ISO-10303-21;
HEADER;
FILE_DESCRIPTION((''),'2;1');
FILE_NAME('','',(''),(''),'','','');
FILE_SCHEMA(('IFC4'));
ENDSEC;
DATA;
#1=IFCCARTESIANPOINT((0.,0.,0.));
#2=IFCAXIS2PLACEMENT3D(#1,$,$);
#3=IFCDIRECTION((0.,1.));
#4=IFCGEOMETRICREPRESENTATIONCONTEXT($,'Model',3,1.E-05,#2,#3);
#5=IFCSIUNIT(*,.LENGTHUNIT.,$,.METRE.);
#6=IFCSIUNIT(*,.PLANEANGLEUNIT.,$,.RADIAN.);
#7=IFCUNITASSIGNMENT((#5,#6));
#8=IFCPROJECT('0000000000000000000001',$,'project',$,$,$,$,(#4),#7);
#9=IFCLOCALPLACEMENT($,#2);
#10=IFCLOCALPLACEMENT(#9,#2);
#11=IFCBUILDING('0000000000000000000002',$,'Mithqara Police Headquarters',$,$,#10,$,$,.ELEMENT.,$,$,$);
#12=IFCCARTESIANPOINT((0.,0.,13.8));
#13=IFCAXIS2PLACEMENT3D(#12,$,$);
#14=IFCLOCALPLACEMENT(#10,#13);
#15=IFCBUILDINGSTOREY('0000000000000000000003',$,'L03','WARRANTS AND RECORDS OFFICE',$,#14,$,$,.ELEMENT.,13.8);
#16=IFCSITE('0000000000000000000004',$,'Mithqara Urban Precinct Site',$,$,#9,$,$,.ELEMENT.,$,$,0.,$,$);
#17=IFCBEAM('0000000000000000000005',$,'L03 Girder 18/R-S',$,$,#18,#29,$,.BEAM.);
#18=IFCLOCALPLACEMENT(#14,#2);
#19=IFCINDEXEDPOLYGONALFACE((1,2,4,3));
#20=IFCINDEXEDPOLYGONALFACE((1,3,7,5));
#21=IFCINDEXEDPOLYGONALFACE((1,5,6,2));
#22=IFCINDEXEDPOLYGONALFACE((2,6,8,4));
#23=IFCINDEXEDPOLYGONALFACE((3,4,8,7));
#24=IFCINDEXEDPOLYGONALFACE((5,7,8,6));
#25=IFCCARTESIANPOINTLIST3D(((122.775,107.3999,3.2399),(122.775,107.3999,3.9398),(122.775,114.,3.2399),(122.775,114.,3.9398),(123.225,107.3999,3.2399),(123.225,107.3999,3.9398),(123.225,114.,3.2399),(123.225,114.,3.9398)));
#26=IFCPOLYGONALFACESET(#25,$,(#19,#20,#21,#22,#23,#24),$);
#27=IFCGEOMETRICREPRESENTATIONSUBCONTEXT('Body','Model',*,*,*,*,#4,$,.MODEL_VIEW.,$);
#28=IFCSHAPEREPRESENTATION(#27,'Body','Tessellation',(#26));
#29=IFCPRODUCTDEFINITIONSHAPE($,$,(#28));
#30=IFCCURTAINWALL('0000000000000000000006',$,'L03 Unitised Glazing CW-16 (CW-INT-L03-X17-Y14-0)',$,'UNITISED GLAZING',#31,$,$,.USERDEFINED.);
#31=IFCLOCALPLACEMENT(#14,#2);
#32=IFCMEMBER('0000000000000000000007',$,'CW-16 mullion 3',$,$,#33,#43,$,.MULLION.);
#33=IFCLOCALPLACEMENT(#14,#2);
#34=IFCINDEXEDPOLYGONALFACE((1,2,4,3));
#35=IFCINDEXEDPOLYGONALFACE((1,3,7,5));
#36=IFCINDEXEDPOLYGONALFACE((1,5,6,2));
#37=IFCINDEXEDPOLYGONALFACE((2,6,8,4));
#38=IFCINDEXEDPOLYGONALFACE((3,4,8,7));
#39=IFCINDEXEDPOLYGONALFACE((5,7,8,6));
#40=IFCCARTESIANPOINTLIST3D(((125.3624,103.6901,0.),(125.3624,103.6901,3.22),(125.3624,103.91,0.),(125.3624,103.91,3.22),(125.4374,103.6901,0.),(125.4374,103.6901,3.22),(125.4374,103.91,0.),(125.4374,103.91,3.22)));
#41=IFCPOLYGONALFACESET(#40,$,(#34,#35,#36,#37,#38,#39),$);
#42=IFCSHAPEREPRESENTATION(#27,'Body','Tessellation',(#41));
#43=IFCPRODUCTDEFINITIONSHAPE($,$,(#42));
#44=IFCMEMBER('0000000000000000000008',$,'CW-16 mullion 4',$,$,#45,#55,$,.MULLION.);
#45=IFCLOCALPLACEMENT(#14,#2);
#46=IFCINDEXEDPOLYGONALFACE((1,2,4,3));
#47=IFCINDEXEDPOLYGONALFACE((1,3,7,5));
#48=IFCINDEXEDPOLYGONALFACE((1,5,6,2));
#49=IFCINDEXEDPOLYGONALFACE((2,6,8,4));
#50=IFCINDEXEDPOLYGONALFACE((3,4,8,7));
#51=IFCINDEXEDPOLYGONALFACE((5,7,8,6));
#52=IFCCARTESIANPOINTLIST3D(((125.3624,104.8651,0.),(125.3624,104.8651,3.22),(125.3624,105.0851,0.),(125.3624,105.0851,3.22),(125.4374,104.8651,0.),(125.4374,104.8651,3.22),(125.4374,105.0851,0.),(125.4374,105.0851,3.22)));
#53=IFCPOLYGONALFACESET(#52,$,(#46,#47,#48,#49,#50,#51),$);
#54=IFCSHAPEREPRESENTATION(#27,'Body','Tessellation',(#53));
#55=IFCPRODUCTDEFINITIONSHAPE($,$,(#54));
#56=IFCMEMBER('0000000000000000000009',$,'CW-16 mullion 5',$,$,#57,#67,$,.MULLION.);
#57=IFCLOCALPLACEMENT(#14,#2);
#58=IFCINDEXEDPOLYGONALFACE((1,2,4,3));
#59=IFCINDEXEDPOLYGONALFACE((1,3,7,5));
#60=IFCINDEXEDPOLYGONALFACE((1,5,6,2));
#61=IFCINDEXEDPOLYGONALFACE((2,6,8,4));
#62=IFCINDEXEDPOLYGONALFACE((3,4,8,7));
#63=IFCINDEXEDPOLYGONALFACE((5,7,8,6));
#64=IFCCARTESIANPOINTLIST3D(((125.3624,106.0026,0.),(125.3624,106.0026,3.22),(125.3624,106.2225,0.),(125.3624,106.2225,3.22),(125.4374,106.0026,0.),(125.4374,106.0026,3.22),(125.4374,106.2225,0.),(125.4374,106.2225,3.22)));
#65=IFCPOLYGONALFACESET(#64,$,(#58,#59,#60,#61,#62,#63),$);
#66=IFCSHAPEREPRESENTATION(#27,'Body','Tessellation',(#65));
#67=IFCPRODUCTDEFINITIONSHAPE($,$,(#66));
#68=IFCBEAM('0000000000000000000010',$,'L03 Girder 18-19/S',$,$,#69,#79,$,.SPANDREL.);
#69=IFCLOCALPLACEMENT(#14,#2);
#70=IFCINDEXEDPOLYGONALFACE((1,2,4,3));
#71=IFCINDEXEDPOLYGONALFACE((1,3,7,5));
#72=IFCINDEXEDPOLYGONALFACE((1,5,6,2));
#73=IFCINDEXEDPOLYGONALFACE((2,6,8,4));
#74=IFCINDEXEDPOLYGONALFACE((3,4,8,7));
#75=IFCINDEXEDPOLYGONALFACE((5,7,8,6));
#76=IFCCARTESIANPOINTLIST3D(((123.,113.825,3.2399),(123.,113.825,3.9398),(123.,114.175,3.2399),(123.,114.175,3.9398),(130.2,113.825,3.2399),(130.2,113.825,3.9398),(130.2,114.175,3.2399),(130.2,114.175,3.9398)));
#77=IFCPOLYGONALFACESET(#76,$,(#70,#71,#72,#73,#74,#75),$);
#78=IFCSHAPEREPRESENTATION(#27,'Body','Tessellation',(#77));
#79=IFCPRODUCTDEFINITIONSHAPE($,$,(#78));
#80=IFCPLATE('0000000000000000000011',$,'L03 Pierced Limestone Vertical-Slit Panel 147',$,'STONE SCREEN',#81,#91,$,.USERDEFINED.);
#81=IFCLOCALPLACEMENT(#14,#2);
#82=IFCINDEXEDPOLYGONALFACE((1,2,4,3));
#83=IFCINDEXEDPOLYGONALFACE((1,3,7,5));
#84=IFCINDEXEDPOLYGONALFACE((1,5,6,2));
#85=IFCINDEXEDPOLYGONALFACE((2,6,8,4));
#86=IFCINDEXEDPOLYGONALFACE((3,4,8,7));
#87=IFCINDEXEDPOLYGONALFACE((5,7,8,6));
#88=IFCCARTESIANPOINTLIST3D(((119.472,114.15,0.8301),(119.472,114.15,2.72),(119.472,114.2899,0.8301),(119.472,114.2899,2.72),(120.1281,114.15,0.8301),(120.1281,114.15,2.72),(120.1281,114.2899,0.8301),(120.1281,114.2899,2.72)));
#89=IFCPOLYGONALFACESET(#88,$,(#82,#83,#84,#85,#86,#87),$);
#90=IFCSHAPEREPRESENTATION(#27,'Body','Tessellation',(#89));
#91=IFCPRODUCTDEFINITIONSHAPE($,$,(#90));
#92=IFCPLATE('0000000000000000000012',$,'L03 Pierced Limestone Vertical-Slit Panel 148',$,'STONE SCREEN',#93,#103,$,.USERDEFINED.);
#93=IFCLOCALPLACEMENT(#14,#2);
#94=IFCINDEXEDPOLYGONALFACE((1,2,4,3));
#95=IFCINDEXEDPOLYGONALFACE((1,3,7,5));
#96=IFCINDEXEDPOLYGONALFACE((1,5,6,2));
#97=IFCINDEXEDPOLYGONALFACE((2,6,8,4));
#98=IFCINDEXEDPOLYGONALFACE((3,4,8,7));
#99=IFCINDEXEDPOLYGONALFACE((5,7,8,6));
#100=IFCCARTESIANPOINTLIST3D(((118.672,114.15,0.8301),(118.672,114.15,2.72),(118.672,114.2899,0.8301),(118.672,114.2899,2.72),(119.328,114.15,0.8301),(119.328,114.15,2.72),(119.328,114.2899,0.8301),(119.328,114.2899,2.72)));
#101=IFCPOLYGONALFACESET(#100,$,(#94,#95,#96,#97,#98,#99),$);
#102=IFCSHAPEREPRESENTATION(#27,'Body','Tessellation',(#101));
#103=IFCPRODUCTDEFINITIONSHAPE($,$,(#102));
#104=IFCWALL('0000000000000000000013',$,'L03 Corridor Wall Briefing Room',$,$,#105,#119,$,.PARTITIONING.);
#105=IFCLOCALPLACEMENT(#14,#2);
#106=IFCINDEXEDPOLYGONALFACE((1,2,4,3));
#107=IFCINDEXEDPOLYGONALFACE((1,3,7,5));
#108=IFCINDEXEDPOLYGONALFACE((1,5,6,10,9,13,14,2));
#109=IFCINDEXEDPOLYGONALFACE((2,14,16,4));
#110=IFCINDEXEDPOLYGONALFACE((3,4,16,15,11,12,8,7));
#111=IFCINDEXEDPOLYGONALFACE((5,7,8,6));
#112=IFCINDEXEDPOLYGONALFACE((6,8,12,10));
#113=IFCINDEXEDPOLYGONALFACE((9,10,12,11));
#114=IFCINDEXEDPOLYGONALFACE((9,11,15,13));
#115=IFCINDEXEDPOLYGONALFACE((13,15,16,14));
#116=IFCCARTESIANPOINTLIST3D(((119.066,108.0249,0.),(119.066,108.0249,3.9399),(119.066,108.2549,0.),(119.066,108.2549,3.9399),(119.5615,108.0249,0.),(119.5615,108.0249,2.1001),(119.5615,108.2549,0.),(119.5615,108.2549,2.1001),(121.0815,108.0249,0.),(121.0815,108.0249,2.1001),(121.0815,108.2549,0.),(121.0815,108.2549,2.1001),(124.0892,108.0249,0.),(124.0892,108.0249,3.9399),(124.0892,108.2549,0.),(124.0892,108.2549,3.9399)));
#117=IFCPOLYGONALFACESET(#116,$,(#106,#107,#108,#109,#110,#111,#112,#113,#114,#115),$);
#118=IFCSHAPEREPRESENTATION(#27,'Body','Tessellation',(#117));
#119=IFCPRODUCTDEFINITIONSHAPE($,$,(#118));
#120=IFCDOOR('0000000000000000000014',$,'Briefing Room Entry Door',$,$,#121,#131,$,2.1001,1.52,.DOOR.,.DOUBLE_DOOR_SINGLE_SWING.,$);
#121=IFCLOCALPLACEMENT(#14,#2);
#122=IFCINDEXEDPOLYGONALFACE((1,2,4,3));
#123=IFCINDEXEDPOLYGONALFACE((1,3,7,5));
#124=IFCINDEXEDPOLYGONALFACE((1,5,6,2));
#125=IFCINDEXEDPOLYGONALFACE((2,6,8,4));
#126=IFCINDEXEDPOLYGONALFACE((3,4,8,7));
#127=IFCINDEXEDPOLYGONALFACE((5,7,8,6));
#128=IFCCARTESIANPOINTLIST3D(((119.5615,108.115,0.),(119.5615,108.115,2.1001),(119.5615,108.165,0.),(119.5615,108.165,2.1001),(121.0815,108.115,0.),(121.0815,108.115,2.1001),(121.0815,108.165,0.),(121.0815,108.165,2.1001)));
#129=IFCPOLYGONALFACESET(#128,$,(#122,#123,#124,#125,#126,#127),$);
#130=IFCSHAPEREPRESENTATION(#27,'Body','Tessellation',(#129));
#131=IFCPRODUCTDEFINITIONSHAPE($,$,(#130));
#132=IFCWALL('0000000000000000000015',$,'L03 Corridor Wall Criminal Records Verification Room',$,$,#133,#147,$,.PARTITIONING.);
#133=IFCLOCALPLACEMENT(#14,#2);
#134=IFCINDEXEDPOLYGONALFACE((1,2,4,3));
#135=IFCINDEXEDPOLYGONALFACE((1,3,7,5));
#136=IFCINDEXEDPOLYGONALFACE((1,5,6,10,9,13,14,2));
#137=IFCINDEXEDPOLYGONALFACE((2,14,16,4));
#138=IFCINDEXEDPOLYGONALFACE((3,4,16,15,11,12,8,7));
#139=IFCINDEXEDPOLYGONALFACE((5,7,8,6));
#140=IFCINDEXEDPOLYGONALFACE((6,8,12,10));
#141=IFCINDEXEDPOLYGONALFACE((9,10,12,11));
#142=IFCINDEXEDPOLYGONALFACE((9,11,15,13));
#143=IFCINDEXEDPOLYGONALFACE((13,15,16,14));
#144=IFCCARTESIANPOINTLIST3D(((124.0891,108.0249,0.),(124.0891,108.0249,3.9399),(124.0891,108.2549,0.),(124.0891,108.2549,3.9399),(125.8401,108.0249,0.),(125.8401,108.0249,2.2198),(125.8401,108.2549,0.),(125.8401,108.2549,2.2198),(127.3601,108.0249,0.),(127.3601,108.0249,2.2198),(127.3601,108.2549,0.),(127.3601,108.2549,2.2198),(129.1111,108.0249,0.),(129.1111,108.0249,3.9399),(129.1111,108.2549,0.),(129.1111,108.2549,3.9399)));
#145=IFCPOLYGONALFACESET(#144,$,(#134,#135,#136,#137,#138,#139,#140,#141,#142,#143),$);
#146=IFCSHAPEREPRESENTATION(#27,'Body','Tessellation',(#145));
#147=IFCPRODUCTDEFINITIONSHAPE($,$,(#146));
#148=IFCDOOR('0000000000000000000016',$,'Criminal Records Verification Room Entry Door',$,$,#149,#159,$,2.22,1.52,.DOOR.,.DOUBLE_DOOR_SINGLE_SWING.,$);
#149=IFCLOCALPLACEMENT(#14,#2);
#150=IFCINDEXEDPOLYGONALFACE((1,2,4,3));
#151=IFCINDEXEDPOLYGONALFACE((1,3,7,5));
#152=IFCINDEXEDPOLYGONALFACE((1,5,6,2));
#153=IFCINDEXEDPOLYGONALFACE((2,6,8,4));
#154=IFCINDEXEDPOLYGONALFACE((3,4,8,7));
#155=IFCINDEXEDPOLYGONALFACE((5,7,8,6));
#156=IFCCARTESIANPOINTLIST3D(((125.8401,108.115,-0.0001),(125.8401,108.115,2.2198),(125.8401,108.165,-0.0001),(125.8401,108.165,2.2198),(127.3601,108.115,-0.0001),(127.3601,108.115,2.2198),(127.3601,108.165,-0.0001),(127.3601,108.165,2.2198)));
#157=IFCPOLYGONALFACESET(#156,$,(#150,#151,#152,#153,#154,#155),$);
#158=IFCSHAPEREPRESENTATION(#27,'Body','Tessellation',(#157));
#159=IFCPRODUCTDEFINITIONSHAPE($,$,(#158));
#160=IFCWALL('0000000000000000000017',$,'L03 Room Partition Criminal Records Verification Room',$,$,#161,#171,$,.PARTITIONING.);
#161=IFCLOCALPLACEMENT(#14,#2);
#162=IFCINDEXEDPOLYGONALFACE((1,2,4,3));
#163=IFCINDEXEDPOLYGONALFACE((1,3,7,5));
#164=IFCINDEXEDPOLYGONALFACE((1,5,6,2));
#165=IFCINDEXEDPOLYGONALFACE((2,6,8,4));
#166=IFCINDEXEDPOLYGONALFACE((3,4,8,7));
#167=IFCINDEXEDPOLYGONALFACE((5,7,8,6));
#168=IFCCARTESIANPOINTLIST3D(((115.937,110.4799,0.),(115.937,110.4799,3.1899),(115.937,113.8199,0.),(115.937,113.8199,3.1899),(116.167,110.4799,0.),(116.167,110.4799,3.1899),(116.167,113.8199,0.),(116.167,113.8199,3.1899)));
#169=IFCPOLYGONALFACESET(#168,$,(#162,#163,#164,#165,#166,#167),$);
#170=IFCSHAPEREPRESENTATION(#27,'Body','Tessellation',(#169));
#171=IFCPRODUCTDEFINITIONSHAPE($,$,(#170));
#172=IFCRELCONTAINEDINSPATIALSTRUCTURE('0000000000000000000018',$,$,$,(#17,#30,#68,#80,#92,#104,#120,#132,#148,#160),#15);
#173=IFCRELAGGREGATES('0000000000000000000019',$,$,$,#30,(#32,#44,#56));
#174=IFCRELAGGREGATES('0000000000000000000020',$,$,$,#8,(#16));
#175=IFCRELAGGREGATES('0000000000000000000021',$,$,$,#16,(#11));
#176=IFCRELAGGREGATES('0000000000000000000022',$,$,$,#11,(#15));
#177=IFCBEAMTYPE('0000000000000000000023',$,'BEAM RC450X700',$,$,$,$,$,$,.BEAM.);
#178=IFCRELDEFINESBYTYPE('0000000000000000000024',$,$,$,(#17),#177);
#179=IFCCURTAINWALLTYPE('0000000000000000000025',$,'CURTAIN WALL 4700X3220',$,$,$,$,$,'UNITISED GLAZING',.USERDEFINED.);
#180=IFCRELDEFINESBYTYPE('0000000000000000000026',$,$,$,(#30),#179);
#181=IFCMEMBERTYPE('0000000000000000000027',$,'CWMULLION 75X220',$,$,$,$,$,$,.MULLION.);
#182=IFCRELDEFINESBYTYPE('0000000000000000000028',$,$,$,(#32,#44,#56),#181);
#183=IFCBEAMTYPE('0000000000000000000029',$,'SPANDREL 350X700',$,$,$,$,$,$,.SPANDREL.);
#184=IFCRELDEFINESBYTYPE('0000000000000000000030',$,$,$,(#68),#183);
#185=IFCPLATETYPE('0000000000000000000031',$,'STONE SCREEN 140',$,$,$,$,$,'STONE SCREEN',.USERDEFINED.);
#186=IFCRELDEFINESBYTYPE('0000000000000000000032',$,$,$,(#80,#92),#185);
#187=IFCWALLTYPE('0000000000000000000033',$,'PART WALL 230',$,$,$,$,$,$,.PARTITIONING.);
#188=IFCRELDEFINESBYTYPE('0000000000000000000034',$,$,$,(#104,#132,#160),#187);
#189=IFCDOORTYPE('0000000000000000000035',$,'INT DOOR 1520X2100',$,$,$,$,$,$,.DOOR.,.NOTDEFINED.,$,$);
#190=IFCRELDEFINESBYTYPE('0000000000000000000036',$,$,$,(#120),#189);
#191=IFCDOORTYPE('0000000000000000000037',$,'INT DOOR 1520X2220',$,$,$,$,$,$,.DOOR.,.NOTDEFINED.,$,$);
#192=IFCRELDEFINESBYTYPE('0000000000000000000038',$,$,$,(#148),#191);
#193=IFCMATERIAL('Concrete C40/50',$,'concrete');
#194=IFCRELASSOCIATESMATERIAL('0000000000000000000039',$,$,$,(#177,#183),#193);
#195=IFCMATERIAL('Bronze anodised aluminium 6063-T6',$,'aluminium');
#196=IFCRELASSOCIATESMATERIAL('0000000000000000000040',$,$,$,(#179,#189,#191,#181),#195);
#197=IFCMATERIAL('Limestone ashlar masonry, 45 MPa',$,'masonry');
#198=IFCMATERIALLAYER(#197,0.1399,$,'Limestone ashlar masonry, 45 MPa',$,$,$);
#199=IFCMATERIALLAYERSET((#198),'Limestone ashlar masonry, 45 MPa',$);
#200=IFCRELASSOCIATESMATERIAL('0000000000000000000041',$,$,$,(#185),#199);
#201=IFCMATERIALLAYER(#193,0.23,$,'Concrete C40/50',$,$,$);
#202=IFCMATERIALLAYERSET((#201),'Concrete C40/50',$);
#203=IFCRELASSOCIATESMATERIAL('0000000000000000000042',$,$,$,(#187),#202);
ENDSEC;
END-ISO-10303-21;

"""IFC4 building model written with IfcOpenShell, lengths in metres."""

from ifc_helpers import new_model, si_unit, direction, frame, frame_2d, origin, origin_2d, place, context, subcontext, project, spatial, rectangle, extrude, material, layer, layer_set, material_profile, profile_set, type_object, element, fill, aggregate, save


model = new_model("IFC4")

# Units and contexts
model_context = context("Model", 3, precision=1e-05, world=origin(), true_north=direction((0.0, 1.0)))
body_context = subcontext(model_context, "Body", "Model", "MODEL_VIEW")
ifc_project = project(units=[si_unit("LENGTHUNIT", "METRE"), si_unit("PLANEANGLEUNIT", "RADIAN")], contexts=[model_context])

# Site, building, storey
site_placement = place(None, origin())
site = spatial("IfcSite", under=ifc_project, at=site_placement, Name="Mithqara Urban Precinct Site", CompositionType="ELEMENT", RefElevation=0.0)
building_placement = place(site_placement, origin())
building = spatial("IfcBuilding", under=site, at=building_placement, Name="Mithqara Police Headquarters", CompositionType="ELEMENT")
storey_placement = place(building_placement, frame((0.0, 0.0, 13.8)))
storey = spatial("IfcBuildingStorey", under=building, at=storey_placement, Name="L03", Description="WARRANTS AND RECORDS OFFICE", CompositionType="ELEMENT", Elevation=13.8)

# Beam
ifc_material_1 = material(Name="Concrete C40/50", Category="concrete")
ifc_material_profile_1 = material_profile(ifc_material_1, rectangle(XDim=0.45, YDim=0.7, at=origin_2d()), Name="RC 450x700")
ifc_profile_set_1 = profile_set([ifc_material_profile_1], Name="Concrete C40/50")
beam_type_1 = type_object("IfcBeamType", Name="BEAM RC450X700", PredefinedType="BEAM", material=ifc_profile_set_1)
beam_1_placement = place(storey_placement, frame((123.0, 107.3999, 3.5898), z_axis=(0.0, 1.0, 0.0), x_axis=(-1.0, 0.0, 0.0)))
element("IfcBeam", 1, at=beam_1_placement, inside=storey, type_object=beam_type_1, Name="L03 Girder 18/R-S", PredefinedType="BEAM", context=body_context, shape_type="SweptSolid", body=[
    extrude(rectangle(XDim=0.45, YDim=0.7, at=origin_2d()), origin(), (0.0, 0.0, 1.0), 6.6001),
])

# Curtain wall, members
ifc_material_2 = material(Name="Bronze anodised aluminium 6063-T6", Category="aluminium")
curtain_wall_type = type_object("IfcCurtainWallType", Name="CURTAIN WALL 4700X3220", ElementType="UNITISED GLAZING", PredefinedType="USERDEFINED", material=ifc_material_2)
curtain_wall_placement = place(storey_placement, origin())
curtain_wall = element("IfcCurtainWall", 2, at=curtain_wall_placement, inside=storey, type_object=curtain_wall_type, Name="L03 Unitised Glazing CW-16 (CW-INT-L03-X17-Y14-0)", ObjectType="UNITISED GLAZING", PredefinedType="USERDEFINED")
ifc_material_profile_2 = material_profile(ifc_material_2, rectangle(XDim=0.075, YDim=0.22, at=origin_2d()), Name="CWM 75x220")
ifc_profile_set_2 = profile_set([ifc_material_profile_2], Name="Bronze anodised aluminium 6063-T6")
member_type = type_object("IfcMemberType", Name="CWMULLION 75X220", PredefinedType="MULLION", material=ifc_profile_set_2)
member_1_placement = place(storey_placement, frame((125.3999, 103.8, 0.0), z_axis=(0.0, 0.0, 1.0), x_axis=(-1.0, 0.0, 0.0)))
member_1 = element("IfcMember", 3, at=member_1_placement, type_object=member_type, Name="CW-16 mullion 3", PredefinedType="MULLION", context=body_context, shape_type="SweptSolid", body=[
    extrude(rectangle(XDim=0.075, YDim=0.22, at=origin_2d()), origin(), (0.0, 0.0, 1.0), 3.22),
])
member_2_placement = place(storey_placement, frame((125.3999, 104.9751, 0.0), z_axis=(0.0, 0.0, 1.0), x_axis=(-1.0, 0.0, 0.0)))
member_2 = element("IfcMember", 4, at=member_2_placement, type_object=member_type, Name="CW-16 mullion 4", PredefinedType="MULLION", context=body_context, shape_type="SweptSolid", body=[
    extrude(rectangle(XDim=0.075, YDim=0.22, at=origin_2d()), origin(), (0.0, 0.0, 1.0), 3.22),
])
member_3_placement = place(storey_placement, frame((125.3999, 106.1125, 0.0), z_axis=(0.0, 0.0, 1.0), x_axis=(-1.0, 0.0, 0.0)))
member_3 = element("IfcMember", 5, at=member_3_placement, type_object=member_type, Name="CW-16 mullion 5", PredefinedType="MULLION", context=body_context, shape_type="SweptSolid", body=[
    extrude(rectangle(XDim=0.075, YDim=0.22, at=origin_2d()), origin(), (0.0, 0.0, 1.0), 3.22),
])
aggregate(curtain_wall, [member_1, member_2, member_3])

# Beam
ifc_material_profile_3 = material_profile(ifc_material_1, rectangle(XDim=0.3501, YDim=0.7, at=origin_2d()), Name="SPB 350x700")
ifc_profile_set_3 = profile_set([ifc_material_profile_3], Name="Concrete C40/50")
beam_type_2 = type_object("IfcBeamType", Name="SPANDREL 350X700", PredefinedType="SPANDREL", material=ifc_profile_set_3)
beam_2_placement = place(storey_placement, frame((123.0, 114.0, 3.5898), z_axis=(1.0, 0.0, 0.0), x_axis=(0.0, 1.0, 0.0)))
element("IfcBeam", 6, at=beam_2_placement, inside=storey, type_object=beam_type_2, Name="L03 Girder 18-19/S", PredefinedType="SPANDREL", context=body_context, shape_type="SweptSolid", body=[
    extrude(rectangle(XDim=0.3501, YDim=0.7, at=origin_2d()), origin(), (0.0, 0.0, 1.0), 7.2),
])

# Plates
ifc_material_3 = material(Name="Limestone ashlar masonry, 45 MPa", Category="masonry")
ifc_layer_1 = layer(ifc_material_3, 0.1399, Name="Limestone ashlar masonry, 45 MPa")
ifc_layer_set_1 = layer_set([ifc_layer_1], Name="Limestone ashlar masonry, 45 MPa")
plate_type = type_object("IfcPlateType", Name="STONE SCREEN 140", ElementType="STONE SCREEN", PredefinedType="USERDEFINED", material=ifc_layer_set_1)
for number, where, z_axis, x_axis, name in (
    (7, (119.8, 114.22, 0.8301), (0.0, 0.0, 1.0), (1.0, 0.0, 0.0), "L03 Pierced Limestone Vertical-Slit Panel 147"),
    (8, (119.0, 114.22, 0.8301), (0.0, 0.0, 1.0), (1.0, 0.0, 0.0), "L03 Pierced Limestone Vertical-Slit Panel 148"),
):
    element("IfcPlate", number, at=place(storey_placement, frame(where, z_axis=z_axis, x_axis=x_axis)), inside=storey, type_object=plate_type, Name=name, ObjectType="STONE SCREEN", PredefinedType="USERDEFINED", context=body_context, shape_type="SweptSolid", body=[
        extrude(rectangle(XDim=0.656, YDim=0.1399, at=origin_2d()), origin(), (0.0, 0.0, 1.0), 1.8899),
    ])

# Walls, openings, doors
ifc_layer_2 = layer(ifc_material_1, 0.23, Name="Concrete C40/50")
ifc_layer_set_2 = layer_set([ifc_layer_2], Name="Concrete C40/50")
wall_type = type_object("IfcWallType", Name="PART WALL 230", PredefinedType="PARTITIONING", material=ifc_layer_set_2)
wall_1_placement = place(storey_placement, frame((119.0659, 108.1399, 0.0), z_axis=(0.0, 0.0, 1.0), x_axis=(1.0, 0.0, 0.0)))
wall_1 = element("IfcWall", 9, at=wall_1_placement, inside=storey, type_object=wall_type, Name="L03 Corridor Wall Briefing Room", PredefinedType="PARTITIONING", context=body_context, shape_type="SweptSolid", body=[
    extrude(rectangle(XDim=5.0232, YDim=0.23, at=frame_2d((2.5117, 0.0))), origin(), (0.0, 0.0, 1.0), 3.9399),
])
opening_1_placement = place(wall_1_placement, frame((0.4956, 0.0, 0.0)))
opening_1 = element("IfcOpeningElement", 10, at=opening_1_placement, cuts=wall_1, PredefinedType="OPENING", context=body_context, shape_type="SweptSolid", body=[
    extrude(rectangle(XDim=1.52, YDim=2.1001, at=frame_2d((0.76, 1.05))), frame((0.0, 0.125, 0.0), z_axis=(0.0, -1.0, 0.0), x_axis=(1.0, 0.0, 0.0)), (0.0, 0.0, 1.0), 0.25),
])
door_type_1 = type_object("IfcDoorType", Name="INT DOOR 1520X2100", OperationType="NOTDEFINED", PredefinedType="DOOR", material=ifc_material_2)
door_1_placement = place(opening_1_placement, frame((1.52, 0.0, 0.0), z_axis=(0.0, 0.0, 1.0), x_axis=(-1.0, 0.0, 0.0)))
door_1 = element("IfcDoor", 11, at=door_1_placement, inside=storey, type_object=door_type_1, Name="Briefing Room Entry Door", OperationType="DOUBLE_DOOR_SINGLE_SWING", OverallHeight=2.1001, OverallWidth=1.52, PredefinedType="DOOR", context=body_context, shape_type="SweptSolid", body=[
    extrude(rectangle(XDim=1.52, YDim=2.1001, at=frame_2d((0.76, 1.05))), frame((0.0, 0.0249, 0.0), z_axis=(0.0, -1.0, 0.0), x_axis=(1.0, 0.0, 0.0)), (0.0, 0.0, 1.0), 0.05),
])
fill(opening_1, door_1)
wall_2_placement = place(storey_placement, frame((124.0891, 108.1399, 0.0), z_axis=(0.0, 0.0, 1.0), x_axis=(1.0, 0.0, 0.0)))
wall_2 = element("IfcWall", 12, at=wall_2_placement, inside=storey, type_object=wall_type, Name="L03 Corridor Wall Criminal Records Verification Room", PredefinedType="PARTITIONING", context=body_context, shape_type="SweptSolid", body=[
    extrude(rectangle(XDim=5.022, YDim=0.23, at=frame_2d((2.511, 0.0))), origin(), (0.0, 0.0, 1.0), 3.9399),
])
opening_2_placement = place(wall_2_placement, frame((1.751, 0.0, 0.0)))
opening_2 = element("IfcOpeningElement", 13, at=opening_2_placement, cuts=wall_2, PredefinedType="OPENING", context=body_context, shape_type="SweptSolid", body=[
    extrude(rectangle(XDim=1.52, YDim=2.22, at=frame_2d((0.76, 1.1099))), frame((0.0, 0.125, 0.0), z_axis=(0.0, -1.0, 0.0), x_axis=(1.0, 0.0, 0.0)), (0.0, 0.0, 1.0), 0.25),
])
door_type_2 = type_object("IfcDoorType", Name="INT DOOR 1520X2220", OperationType="NOTDEFINED", PredefinedType="DOOR", material=ifc_material_2)
door_2_placement = place(opening_2_placement, frame((1.52, 0.0, 0.0), z_axis=(0.0, 0.0, 1.0), x_axis=(-1.0, 0.0, 0.0)))
door_2 = element("IfcDoor", 14, at=door_2_placement, inside=storey, type_object=door_type_2, Name="Criminal Records Verification Room Entry Door", OperationType="DOUBLE_DOOR_SINGLE_SWING", OverallHeight=2.22, OverallWidth=1.52, PredefinedType="DOOR", context=body_context, shape_type="SweptSolid", body=[
    extrude(rectangle(XDim=1.52, YDim=2.22, at=frame_2d((0.76, 1.1099))), frame((0.0, 0.0249, 0.0), z_axis=(0.0, -1.0, 0.0), x_axis=(1.0, 0.0, 0.0)), (0.0, 0.0, 1.0), 0.05),
])
fill(opening_2, door_2)

# Wall
wall_3_placement = place(storey_placement, frame((116.052, 110.48, 0.0), z_axis=(0.0, 0.0, 1.0), x_axis=(0.0, 1.0, 0.0)))
element("IfcWall", 15, at=wall_3_placement, inside=storey, type_object=wall_type, Name="L03 Room Partition Criminal Records Verification Room", PredefinedType="PARTITIONING", context=body_context, shape_type="SweptSolid", body=[
    extrude(rectangle(XDim=3.3401, YDim=0.23, at=frame_2d((1.6699, 0.0))), origin(), (0.0, 0.0, 1.0), 3.1899),
])

save(model, "model.ifc")
